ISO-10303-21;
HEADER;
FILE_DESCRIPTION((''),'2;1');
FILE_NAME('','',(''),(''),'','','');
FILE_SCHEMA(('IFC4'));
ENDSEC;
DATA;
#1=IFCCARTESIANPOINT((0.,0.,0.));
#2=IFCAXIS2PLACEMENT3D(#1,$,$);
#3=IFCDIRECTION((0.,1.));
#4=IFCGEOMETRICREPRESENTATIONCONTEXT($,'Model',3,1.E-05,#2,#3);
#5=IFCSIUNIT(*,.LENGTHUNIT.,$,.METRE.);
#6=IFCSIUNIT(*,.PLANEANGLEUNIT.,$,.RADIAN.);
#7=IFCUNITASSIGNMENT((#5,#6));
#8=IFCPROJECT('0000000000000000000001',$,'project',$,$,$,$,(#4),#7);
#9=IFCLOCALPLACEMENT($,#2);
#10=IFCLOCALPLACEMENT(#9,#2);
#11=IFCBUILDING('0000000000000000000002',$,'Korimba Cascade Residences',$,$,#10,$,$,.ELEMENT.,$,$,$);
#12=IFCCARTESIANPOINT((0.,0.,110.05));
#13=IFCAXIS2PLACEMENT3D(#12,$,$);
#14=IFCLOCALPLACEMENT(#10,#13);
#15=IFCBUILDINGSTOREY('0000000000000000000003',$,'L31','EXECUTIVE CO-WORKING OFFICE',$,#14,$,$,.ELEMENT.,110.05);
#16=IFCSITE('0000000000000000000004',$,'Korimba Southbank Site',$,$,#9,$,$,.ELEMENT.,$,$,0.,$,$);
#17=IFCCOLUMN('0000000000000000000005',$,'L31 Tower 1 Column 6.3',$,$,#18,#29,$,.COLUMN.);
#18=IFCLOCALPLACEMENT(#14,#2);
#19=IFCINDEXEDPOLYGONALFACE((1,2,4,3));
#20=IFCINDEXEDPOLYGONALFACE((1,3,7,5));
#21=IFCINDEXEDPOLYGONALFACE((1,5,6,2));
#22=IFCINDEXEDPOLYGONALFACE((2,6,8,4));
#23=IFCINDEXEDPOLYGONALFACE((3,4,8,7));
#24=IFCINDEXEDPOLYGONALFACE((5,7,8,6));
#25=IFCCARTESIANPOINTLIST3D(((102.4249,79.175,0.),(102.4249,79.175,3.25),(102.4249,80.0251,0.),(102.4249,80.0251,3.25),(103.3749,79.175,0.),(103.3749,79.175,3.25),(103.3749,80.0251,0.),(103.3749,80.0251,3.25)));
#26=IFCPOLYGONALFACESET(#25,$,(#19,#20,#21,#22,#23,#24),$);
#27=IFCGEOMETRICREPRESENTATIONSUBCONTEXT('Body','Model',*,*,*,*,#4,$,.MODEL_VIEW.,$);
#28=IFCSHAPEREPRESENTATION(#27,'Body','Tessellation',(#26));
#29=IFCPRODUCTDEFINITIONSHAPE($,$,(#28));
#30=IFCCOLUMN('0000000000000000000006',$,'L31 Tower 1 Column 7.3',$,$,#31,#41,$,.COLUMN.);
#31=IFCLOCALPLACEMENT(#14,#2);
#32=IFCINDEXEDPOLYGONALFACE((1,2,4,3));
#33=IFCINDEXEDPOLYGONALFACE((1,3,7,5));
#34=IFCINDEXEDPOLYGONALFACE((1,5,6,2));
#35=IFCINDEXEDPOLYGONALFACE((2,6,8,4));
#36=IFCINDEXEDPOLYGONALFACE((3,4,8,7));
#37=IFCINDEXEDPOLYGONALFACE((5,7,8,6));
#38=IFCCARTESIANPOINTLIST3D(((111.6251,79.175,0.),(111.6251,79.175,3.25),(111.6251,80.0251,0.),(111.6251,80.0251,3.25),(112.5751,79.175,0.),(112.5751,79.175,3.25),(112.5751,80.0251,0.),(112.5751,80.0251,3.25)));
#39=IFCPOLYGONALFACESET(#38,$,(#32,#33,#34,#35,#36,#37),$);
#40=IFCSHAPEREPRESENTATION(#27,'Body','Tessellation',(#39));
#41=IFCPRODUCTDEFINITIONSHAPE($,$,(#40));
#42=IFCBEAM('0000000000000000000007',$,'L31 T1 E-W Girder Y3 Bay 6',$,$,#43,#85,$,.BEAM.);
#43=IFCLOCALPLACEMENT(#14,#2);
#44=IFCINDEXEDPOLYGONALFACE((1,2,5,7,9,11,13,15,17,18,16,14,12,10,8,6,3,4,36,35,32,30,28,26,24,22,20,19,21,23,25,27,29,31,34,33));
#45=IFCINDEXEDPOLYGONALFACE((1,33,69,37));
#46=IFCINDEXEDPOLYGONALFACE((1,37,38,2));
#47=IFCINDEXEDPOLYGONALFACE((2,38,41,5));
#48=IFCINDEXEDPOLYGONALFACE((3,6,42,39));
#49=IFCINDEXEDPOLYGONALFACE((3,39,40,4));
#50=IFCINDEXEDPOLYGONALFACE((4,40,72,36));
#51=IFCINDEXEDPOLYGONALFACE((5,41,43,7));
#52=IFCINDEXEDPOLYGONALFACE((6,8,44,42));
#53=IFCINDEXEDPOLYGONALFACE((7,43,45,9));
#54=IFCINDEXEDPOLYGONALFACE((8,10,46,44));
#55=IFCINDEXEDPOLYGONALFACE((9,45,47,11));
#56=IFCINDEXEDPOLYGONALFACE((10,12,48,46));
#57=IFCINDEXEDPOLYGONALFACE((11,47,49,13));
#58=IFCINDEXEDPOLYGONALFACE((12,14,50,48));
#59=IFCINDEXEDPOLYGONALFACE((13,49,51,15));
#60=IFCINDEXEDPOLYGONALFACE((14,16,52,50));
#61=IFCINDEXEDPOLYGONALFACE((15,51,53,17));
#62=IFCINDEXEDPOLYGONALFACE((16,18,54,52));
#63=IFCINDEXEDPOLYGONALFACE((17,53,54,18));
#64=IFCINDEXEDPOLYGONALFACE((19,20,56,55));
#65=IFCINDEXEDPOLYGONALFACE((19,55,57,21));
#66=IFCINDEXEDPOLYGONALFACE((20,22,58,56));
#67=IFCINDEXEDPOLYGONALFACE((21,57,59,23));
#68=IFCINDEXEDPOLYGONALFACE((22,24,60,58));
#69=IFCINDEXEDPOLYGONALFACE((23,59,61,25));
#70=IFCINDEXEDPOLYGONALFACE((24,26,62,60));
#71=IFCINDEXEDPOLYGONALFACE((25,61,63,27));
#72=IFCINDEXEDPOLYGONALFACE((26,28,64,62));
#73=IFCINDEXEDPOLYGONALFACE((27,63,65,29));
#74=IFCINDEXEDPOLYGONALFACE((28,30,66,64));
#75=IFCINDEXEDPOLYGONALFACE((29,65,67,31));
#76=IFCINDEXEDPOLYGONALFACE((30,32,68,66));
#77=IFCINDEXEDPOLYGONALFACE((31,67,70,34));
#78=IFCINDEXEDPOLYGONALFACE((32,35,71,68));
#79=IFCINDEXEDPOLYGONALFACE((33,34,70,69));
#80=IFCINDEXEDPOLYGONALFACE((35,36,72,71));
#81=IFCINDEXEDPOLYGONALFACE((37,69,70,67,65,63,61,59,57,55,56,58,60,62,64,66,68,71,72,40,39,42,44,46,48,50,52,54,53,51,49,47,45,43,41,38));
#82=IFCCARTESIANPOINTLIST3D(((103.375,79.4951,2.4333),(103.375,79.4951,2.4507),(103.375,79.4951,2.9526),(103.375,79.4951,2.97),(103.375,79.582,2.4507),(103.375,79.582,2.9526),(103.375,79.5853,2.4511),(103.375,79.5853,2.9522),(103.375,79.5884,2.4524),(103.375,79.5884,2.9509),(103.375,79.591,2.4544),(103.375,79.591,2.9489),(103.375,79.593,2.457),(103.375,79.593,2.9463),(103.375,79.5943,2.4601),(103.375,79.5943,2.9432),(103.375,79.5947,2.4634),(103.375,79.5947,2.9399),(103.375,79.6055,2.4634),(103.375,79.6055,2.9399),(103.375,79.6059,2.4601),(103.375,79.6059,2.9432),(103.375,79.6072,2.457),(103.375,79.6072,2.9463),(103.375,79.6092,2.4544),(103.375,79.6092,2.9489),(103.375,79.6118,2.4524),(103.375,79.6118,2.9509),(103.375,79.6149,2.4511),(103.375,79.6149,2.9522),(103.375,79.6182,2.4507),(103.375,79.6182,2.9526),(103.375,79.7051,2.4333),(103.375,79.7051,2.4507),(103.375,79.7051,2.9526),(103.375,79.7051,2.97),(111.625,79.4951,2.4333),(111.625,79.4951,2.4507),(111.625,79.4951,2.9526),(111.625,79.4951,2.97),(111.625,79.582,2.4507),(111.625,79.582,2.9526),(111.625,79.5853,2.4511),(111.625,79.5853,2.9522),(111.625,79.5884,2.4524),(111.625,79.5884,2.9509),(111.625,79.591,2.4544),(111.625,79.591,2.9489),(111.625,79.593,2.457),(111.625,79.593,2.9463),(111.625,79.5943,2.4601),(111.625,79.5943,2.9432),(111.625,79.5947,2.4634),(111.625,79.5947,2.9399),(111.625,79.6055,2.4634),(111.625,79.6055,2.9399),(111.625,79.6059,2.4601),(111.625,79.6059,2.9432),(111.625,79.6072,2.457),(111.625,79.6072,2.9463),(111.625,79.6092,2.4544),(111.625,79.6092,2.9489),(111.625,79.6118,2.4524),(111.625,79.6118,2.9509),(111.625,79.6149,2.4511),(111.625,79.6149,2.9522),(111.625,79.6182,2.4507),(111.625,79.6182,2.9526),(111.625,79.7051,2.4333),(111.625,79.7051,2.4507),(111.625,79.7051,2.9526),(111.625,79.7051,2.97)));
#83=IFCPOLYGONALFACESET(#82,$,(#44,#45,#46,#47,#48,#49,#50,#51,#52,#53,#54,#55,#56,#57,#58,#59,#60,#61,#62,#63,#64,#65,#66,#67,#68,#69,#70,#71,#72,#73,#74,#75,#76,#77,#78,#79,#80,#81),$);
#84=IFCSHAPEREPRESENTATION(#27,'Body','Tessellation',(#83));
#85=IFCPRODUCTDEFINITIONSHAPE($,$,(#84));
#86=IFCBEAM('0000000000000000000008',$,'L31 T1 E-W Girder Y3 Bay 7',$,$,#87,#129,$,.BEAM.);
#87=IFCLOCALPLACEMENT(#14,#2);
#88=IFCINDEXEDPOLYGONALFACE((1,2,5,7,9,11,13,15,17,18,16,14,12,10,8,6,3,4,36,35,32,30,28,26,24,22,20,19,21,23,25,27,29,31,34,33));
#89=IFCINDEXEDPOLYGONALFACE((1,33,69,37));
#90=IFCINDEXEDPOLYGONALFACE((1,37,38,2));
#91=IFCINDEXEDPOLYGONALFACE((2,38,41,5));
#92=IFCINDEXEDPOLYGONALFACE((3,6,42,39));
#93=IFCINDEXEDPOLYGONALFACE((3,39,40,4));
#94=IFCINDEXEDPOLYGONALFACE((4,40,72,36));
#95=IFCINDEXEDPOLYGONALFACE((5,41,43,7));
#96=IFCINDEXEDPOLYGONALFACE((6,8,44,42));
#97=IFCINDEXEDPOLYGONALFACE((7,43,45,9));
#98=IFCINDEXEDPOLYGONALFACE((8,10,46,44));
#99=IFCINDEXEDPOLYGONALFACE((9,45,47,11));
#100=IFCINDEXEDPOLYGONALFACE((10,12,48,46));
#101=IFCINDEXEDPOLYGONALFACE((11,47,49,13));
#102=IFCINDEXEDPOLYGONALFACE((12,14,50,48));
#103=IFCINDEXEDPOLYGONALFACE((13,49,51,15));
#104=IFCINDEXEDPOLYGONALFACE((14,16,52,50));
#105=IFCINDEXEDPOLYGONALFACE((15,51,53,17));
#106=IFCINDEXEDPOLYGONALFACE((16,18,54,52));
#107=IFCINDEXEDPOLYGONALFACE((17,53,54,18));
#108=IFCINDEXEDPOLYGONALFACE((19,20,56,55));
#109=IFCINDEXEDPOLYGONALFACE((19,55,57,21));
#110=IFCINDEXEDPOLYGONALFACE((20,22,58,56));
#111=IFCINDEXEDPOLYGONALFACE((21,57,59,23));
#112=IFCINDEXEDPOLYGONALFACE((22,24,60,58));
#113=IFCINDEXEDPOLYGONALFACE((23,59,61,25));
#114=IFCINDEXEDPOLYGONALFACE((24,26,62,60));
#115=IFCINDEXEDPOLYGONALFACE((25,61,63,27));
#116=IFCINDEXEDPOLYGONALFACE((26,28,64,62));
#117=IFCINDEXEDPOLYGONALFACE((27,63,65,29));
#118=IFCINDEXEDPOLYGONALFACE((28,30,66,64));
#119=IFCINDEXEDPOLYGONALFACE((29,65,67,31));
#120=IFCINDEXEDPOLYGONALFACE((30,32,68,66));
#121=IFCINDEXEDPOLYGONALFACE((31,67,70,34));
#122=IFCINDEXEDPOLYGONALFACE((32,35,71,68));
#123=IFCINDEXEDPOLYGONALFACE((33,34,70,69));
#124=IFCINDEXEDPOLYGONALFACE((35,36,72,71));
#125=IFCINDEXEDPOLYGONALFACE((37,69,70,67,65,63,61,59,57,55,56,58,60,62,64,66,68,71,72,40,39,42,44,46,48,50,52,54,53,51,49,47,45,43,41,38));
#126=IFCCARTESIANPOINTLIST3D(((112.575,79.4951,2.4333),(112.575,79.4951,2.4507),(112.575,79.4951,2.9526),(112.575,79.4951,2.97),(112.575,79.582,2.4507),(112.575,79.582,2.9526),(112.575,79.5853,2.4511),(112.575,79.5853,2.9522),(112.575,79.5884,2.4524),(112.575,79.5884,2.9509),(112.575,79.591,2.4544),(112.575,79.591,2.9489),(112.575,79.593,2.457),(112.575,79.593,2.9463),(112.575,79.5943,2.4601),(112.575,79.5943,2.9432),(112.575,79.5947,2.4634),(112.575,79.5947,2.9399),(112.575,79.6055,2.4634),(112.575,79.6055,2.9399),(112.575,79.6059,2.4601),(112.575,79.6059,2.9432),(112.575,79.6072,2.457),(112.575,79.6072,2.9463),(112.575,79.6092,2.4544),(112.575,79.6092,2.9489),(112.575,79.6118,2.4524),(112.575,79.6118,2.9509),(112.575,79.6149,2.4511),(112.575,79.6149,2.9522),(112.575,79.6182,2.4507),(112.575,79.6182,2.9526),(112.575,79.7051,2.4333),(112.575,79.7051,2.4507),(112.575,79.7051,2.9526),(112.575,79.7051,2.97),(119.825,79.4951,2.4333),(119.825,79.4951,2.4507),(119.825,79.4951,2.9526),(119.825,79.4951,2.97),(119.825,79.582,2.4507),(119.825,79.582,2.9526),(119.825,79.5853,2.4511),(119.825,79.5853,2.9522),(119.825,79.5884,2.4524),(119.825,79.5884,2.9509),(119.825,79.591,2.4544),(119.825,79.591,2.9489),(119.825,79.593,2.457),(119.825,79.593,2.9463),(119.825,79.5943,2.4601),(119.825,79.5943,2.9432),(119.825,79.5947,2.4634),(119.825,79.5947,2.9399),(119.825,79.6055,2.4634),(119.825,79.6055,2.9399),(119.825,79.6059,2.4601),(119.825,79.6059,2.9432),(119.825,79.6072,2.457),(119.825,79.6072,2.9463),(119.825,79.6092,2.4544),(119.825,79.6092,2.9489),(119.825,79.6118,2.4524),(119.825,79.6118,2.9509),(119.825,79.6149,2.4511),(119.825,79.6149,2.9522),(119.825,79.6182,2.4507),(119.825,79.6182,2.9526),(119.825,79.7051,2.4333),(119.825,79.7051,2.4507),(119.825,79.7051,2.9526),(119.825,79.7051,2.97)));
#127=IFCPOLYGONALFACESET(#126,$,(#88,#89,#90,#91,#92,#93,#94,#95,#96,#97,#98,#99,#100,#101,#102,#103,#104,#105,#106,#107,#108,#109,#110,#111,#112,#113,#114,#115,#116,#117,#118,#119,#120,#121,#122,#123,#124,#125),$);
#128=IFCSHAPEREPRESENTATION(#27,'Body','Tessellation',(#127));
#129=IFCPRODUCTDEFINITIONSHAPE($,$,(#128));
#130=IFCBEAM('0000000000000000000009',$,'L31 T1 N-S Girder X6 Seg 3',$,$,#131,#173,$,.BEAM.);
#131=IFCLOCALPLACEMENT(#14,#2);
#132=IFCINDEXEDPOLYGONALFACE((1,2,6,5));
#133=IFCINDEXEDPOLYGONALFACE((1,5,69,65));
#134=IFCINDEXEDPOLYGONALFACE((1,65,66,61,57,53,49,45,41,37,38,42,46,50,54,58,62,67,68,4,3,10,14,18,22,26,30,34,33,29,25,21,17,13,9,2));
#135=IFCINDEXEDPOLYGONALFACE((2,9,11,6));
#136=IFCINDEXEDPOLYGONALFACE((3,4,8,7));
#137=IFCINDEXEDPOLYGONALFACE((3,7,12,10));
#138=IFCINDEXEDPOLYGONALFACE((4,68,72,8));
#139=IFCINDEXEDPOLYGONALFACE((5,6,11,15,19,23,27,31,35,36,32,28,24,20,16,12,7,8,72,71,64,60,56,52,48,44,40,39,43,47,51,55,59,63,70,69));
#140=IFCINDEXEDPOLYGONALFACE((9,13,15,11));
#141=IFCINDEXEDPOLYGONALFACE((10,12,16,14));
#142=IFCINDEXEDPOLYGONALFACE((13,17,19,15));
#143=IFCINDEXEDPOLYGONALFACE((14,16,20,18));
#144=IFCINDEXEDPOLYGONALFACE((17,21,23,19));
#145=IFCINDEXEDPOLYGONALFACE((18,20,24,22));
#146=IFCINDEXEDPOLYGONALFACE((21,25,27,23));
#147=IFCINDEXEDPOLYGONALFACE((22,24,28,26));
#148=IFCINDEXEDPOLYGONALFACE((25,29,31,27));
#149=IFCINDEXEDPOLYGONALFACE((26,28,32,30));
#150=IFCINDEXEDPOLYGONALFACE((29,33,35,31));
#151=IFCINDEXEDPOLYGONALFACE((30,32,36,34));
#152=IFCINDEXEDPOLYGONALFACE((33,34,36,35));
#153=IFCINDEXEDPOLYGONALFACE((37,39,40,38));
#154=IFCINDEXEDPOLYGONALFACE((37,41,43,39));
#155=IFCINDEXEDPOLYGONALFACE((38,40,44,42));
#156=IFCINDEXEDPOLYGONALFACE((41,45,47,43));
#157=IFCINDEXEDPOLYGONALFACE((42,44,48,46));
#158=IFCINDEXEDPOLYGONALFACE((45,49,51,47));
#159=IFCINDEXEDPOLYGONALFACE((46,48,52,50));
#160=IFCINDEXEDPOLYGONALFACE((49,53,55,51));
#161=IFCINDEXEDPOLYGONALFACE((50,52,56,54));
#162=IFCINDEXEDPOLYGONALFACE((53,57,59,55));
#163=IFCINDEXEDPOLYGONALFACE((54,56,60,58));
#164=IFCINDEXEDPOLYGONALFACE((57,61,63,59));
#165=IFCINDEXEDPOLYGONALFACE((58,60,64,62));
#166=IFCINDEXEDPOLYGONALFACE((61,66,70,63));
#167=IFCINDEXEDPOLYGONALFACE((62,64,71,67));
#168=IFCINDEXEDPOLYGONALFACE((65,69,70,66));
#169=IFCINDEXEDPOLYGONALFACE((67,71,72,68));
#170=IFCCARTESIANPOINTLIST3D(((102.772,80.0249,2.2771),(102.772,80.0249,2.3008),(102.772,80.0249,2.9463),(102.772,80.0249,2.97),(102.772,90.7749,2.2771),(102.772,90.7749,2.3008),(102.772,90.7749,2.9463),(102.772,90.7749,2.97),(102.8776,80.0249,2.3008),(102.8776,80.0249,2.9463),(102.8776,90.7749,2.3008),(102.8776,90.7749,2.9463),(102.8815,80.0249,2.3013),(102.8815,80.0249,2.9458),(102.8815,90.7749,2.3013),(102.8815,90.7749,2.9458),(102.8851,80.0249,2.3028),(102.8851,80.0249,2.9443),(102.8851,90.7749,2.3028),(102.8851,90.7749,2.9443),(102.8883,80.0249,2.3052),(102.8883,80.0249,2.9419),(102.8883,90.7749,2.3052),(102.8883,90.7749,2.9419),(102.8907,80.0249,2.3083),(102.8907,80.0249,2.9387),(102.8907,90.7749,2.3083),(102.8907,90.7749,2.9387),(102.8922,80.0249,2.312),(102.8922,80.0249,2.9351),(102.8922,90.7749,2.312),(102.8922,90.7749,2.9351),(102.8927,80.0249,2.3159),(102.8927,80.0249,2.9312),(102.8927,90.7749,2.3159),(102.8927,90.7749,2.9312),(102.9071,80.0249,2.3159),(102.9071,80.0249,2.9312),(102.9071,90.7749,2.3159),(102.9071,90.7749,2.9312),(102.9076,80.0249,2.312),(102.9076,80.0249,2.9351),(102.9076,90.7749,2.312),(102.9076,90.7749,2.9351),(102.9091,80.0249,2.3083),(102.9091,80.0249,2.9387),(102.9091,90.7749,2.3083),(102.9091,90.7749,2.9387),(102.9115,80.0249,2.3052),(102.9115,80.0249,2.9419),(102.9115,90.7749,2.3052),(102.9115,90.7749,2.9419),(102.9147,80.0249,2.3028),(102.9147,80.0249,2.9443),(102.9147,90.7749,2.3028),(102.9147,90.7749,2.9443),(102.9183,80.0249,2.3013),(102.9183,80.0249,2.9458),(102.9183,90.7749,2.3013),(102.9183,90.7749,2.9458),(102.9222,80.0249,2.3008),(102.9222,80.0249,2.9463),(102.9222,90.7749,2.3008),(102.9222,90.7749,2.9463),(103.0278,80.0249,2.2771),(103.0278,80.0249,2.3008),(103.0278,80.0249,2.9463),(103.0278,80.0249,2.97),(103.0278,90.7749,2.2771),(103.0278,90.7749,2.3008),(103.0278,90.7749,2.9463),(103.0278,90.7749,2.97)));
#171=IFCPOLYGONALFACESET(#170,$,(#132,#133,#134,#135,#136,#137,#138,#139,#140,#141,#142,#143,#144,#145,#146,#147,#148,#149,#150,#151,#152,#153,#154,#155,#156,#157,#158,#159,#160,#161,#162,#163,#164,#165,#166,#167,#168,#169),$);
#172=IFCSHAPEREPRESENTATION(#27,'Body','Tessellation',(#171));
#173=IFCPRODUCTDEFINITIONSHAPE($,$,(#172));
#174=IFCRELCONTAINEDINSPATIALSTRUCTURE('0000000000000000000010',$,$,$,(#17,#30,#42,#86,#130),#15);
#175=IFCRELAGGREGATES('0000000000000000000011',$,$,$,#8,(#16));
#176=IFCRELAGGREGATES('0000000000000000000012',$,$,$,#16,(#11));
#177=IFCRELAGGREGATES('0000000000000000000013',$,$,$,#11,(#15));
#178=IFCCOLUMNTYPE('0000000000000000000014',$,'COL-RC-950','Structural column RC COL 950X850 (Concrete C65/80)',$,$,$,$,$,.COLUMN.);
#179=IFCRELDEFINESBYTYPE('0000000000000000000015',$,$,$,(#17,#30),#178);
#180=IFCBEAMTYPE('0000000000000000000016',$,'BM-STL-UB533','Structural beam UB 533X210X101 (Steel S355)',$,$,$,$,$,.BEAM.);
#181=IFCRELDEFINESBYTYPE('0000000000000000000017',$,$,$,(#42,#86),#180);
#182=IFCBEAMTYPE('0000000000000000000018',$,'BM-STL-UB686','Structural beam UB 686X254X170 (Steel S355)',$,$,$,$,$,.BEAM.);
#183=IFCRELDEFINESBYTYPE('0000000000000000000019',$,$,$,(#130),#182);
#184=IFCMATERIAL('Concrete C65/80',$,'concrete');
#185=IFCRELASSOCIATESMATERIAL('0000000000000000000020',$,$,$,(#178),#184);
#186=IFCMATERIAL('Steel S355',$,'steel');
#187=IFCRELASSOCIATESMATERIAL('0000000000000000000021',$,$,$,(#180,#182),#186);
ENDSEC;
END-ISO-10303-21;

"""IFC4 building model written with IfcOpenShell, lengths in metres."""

from ifc_helpers import new_model, si_unit, direction, frame, origin, origin_2d, place, context, subcontext, project, spatial, rectangle, i_section, extrude, material, material_profile, profile_set, type_object, element, save


model = new_model("IFC4")

# Units and contexts
model_context = context("Model", 3, precision=1e-05, world=origin(), true_north=direction((0.0, 1.0)))
body_context = subcontext(model_context, "Body", "Model", "MODEL_VIEW")
ifc_project = project(units=[si_unit("LENGTHUNIT", "METRE"), si_unit("PLANEANGLEUNIT", "RADIAN")], contexts=[model_context])

# Site, building, storey
site_placement = place(None, origin())
site = spatial("IfcSite", under=ifc_project, at=site_placement, Name="Korimba Southbank Site", CompositionType="ELEMENT", RefElevation=0.0)
building_placement = place(site_placement, origin())
building = spatial("IfcBuilding", under=site, at=building_placement, Name="Korimba Cascade Residences", CompositionType="ELEMENT")
storey_placement = place(building_placement, frame((0.0, 0.0, 110.05)))
storey = spatial("IfcBuildingStorey", under=building, at=storey_placement, Name="L31", Description="EXECUTIVE CO-WORKING OFFICE", CompositionType="ELEMENT", Elevation=110.05)

# Columns
ifc_material_1 = material(Name="Concrete C65/80", Category="concrete")
ifc_material_profile_1 = material_profile(ifc_material_1, rectangle(XDim=0.95, YDim=0.8501, at=origin_2d()), Name="Concrete C65/80")
ifc_profile_set_1 = profile_set([ifc_material_profile_1], Name="Concrete C65/80")
column_type = type_object("IfcColumnType", Name="COL-RC-950", Description="Structural column RC COL 950X850 (Concrete C65/80)", PredefinedType="COLUMN", material=ifc_profile_set_1)
for number, where, z_axis, x_axis, name in (
    (1, (102.8999, 79.6001, 0.0), (0.0, 0.0, 1.0), (1.0, 0.0, 0.0), "L31 Tower 1 Column 6.3"),
    (2, (112.1001, 79.6001, 0.0), (0.0, 0.0, 1.0), (1.0, 0.0, 0.0), "L31 Tower 1 Column 7.3"),
):
    element("IfcColumn", number, at=place(storey_placement, frame(where, z_axis=z_axis, x_axis=x_axis)), inside=storey, type_object=column_type, Name=name, PredefinedType="COLUMN", context=body_context, shape_type="SweptSolid", body=[
        extrude(rectangle(XDim=0.95, YDim=0.8501, at=origin_2d()), origin(), (0.0, 0.0, 1.0), 3.25),
    ])

# Beams
ifc_material_2 = material(Name="Steel S355", Category="steel")
ifc_material_profile_2 = material_profile(ifc_material_2, i_section(OverallWidth=0.21, OverallDepth=0.5366, WebThickness=0.0107, FlangeThickness=0.0173, FilletRadius=0.0127, at=origin_2d()), Name="Steel S355")
ifc_profile_set_2 = profile_set([ifc_material_profile_2], Name="Steel S355")
beam_type_1 = type_object("IfcBeamType", Name="BM-STL-UB533", Description="Structural beam UB 533X210X101 (Steel S355)", PredefinedType="BEAM", material=ifc_profile_set_2)
beam_1_placement = place(storey_placement, frame((103.375, 79.6001, 2.7017), z_axis=(1.0, 0.0, 0.0), x_axis=(0.0, 1.0, 0.0)))
element("IfcBeam", 3, at=beam_1_placement, inside=storey, type_object=beam_type_1, Name="L31 T1 E-W Girder Y3 Bay 6", PredefinedType="BEAM", context=body_context, shape_type="SweptSolid", body=[
    extrude(i_section(OverallWidth=0.21, OverallDepth=0.5366, WebThickness=0.0107, FlangeThickness=0.0173, FilletRadius=0.0127, at=origin_2d()), origin(), (0.0, 0.0, 1.0), 8.25),
])
beam_2_placement = place(storey_placement, frame((112.575, 79.6001, 2.7017), z_axis=(1.0, 0.0, 0.0), x_axis=(0.0, 1.0, 0.0)))
element("IfcBeam", 4, at=beam_2_placement, inside=storey, type_object=beam_type_1, Name="L31 T1 E-W Girder Y3 Bay 7", PredefinedType="BEAM", context=body_context, shape_type="SweptSolid", body=[
    extrude(i_section(OverallWidth=0.21, OverallDepth=0.5366, WebThickness=0.0107, FlangeThickness=0.0173, FilletRadius=0.0127, at=origin_2d()), origin(), (0.0, 0.0, 1.0), 7.25),
])
ifc_material_profile_3 = material_profile(ifc_material_2, i_section(OverallWidth=0.2559, OverallDepth=0.6929, WebThickness=0.0144, FlangeThickness=0.0237, FilletRadius=0.0151, at=origin_2d()), Name="Steel S355")
ifc_profile_set_3 = profile_set([ifc_material_profile_3], Name="Steel S355")
beam_type_2 = type_object("IfcBeamType", Name="BM-STL-UB686", Description="Structural beam UB 686X254X170 (Steel S355)", PredefinedType="BEAM", material=ifc_profile_set_3)
for number, where, z_axis, x_axis, name in (
    (5, (102.8999, 80.0249, 2.6235), (0.0, 1.0, 0.0), (-1.0, 0.0, 0.0), "L31 T1 N-S Girder X6 Seg 3"),
):
    element("IfcBeam", number, at=place(storey_placement, frame(where, z_axis=z_axis, x_axis=x_axis)), inside=storey, type_object=beam_type_2, Name=name, PredefinedType="BEAM", context=body_context, shape_type="SweptSolid", body=[
        extrude(i_section(OverallWidth=0.2559, OverallDepth=0.6929, WebThickness=0.0144, FlangeThickness=0.0237, FilletRadius=0.0151, at=origin_2d()), origin(), (0.0, 0.0, 1.0), 10.75),
    ])

save(model, "model.ifc")
